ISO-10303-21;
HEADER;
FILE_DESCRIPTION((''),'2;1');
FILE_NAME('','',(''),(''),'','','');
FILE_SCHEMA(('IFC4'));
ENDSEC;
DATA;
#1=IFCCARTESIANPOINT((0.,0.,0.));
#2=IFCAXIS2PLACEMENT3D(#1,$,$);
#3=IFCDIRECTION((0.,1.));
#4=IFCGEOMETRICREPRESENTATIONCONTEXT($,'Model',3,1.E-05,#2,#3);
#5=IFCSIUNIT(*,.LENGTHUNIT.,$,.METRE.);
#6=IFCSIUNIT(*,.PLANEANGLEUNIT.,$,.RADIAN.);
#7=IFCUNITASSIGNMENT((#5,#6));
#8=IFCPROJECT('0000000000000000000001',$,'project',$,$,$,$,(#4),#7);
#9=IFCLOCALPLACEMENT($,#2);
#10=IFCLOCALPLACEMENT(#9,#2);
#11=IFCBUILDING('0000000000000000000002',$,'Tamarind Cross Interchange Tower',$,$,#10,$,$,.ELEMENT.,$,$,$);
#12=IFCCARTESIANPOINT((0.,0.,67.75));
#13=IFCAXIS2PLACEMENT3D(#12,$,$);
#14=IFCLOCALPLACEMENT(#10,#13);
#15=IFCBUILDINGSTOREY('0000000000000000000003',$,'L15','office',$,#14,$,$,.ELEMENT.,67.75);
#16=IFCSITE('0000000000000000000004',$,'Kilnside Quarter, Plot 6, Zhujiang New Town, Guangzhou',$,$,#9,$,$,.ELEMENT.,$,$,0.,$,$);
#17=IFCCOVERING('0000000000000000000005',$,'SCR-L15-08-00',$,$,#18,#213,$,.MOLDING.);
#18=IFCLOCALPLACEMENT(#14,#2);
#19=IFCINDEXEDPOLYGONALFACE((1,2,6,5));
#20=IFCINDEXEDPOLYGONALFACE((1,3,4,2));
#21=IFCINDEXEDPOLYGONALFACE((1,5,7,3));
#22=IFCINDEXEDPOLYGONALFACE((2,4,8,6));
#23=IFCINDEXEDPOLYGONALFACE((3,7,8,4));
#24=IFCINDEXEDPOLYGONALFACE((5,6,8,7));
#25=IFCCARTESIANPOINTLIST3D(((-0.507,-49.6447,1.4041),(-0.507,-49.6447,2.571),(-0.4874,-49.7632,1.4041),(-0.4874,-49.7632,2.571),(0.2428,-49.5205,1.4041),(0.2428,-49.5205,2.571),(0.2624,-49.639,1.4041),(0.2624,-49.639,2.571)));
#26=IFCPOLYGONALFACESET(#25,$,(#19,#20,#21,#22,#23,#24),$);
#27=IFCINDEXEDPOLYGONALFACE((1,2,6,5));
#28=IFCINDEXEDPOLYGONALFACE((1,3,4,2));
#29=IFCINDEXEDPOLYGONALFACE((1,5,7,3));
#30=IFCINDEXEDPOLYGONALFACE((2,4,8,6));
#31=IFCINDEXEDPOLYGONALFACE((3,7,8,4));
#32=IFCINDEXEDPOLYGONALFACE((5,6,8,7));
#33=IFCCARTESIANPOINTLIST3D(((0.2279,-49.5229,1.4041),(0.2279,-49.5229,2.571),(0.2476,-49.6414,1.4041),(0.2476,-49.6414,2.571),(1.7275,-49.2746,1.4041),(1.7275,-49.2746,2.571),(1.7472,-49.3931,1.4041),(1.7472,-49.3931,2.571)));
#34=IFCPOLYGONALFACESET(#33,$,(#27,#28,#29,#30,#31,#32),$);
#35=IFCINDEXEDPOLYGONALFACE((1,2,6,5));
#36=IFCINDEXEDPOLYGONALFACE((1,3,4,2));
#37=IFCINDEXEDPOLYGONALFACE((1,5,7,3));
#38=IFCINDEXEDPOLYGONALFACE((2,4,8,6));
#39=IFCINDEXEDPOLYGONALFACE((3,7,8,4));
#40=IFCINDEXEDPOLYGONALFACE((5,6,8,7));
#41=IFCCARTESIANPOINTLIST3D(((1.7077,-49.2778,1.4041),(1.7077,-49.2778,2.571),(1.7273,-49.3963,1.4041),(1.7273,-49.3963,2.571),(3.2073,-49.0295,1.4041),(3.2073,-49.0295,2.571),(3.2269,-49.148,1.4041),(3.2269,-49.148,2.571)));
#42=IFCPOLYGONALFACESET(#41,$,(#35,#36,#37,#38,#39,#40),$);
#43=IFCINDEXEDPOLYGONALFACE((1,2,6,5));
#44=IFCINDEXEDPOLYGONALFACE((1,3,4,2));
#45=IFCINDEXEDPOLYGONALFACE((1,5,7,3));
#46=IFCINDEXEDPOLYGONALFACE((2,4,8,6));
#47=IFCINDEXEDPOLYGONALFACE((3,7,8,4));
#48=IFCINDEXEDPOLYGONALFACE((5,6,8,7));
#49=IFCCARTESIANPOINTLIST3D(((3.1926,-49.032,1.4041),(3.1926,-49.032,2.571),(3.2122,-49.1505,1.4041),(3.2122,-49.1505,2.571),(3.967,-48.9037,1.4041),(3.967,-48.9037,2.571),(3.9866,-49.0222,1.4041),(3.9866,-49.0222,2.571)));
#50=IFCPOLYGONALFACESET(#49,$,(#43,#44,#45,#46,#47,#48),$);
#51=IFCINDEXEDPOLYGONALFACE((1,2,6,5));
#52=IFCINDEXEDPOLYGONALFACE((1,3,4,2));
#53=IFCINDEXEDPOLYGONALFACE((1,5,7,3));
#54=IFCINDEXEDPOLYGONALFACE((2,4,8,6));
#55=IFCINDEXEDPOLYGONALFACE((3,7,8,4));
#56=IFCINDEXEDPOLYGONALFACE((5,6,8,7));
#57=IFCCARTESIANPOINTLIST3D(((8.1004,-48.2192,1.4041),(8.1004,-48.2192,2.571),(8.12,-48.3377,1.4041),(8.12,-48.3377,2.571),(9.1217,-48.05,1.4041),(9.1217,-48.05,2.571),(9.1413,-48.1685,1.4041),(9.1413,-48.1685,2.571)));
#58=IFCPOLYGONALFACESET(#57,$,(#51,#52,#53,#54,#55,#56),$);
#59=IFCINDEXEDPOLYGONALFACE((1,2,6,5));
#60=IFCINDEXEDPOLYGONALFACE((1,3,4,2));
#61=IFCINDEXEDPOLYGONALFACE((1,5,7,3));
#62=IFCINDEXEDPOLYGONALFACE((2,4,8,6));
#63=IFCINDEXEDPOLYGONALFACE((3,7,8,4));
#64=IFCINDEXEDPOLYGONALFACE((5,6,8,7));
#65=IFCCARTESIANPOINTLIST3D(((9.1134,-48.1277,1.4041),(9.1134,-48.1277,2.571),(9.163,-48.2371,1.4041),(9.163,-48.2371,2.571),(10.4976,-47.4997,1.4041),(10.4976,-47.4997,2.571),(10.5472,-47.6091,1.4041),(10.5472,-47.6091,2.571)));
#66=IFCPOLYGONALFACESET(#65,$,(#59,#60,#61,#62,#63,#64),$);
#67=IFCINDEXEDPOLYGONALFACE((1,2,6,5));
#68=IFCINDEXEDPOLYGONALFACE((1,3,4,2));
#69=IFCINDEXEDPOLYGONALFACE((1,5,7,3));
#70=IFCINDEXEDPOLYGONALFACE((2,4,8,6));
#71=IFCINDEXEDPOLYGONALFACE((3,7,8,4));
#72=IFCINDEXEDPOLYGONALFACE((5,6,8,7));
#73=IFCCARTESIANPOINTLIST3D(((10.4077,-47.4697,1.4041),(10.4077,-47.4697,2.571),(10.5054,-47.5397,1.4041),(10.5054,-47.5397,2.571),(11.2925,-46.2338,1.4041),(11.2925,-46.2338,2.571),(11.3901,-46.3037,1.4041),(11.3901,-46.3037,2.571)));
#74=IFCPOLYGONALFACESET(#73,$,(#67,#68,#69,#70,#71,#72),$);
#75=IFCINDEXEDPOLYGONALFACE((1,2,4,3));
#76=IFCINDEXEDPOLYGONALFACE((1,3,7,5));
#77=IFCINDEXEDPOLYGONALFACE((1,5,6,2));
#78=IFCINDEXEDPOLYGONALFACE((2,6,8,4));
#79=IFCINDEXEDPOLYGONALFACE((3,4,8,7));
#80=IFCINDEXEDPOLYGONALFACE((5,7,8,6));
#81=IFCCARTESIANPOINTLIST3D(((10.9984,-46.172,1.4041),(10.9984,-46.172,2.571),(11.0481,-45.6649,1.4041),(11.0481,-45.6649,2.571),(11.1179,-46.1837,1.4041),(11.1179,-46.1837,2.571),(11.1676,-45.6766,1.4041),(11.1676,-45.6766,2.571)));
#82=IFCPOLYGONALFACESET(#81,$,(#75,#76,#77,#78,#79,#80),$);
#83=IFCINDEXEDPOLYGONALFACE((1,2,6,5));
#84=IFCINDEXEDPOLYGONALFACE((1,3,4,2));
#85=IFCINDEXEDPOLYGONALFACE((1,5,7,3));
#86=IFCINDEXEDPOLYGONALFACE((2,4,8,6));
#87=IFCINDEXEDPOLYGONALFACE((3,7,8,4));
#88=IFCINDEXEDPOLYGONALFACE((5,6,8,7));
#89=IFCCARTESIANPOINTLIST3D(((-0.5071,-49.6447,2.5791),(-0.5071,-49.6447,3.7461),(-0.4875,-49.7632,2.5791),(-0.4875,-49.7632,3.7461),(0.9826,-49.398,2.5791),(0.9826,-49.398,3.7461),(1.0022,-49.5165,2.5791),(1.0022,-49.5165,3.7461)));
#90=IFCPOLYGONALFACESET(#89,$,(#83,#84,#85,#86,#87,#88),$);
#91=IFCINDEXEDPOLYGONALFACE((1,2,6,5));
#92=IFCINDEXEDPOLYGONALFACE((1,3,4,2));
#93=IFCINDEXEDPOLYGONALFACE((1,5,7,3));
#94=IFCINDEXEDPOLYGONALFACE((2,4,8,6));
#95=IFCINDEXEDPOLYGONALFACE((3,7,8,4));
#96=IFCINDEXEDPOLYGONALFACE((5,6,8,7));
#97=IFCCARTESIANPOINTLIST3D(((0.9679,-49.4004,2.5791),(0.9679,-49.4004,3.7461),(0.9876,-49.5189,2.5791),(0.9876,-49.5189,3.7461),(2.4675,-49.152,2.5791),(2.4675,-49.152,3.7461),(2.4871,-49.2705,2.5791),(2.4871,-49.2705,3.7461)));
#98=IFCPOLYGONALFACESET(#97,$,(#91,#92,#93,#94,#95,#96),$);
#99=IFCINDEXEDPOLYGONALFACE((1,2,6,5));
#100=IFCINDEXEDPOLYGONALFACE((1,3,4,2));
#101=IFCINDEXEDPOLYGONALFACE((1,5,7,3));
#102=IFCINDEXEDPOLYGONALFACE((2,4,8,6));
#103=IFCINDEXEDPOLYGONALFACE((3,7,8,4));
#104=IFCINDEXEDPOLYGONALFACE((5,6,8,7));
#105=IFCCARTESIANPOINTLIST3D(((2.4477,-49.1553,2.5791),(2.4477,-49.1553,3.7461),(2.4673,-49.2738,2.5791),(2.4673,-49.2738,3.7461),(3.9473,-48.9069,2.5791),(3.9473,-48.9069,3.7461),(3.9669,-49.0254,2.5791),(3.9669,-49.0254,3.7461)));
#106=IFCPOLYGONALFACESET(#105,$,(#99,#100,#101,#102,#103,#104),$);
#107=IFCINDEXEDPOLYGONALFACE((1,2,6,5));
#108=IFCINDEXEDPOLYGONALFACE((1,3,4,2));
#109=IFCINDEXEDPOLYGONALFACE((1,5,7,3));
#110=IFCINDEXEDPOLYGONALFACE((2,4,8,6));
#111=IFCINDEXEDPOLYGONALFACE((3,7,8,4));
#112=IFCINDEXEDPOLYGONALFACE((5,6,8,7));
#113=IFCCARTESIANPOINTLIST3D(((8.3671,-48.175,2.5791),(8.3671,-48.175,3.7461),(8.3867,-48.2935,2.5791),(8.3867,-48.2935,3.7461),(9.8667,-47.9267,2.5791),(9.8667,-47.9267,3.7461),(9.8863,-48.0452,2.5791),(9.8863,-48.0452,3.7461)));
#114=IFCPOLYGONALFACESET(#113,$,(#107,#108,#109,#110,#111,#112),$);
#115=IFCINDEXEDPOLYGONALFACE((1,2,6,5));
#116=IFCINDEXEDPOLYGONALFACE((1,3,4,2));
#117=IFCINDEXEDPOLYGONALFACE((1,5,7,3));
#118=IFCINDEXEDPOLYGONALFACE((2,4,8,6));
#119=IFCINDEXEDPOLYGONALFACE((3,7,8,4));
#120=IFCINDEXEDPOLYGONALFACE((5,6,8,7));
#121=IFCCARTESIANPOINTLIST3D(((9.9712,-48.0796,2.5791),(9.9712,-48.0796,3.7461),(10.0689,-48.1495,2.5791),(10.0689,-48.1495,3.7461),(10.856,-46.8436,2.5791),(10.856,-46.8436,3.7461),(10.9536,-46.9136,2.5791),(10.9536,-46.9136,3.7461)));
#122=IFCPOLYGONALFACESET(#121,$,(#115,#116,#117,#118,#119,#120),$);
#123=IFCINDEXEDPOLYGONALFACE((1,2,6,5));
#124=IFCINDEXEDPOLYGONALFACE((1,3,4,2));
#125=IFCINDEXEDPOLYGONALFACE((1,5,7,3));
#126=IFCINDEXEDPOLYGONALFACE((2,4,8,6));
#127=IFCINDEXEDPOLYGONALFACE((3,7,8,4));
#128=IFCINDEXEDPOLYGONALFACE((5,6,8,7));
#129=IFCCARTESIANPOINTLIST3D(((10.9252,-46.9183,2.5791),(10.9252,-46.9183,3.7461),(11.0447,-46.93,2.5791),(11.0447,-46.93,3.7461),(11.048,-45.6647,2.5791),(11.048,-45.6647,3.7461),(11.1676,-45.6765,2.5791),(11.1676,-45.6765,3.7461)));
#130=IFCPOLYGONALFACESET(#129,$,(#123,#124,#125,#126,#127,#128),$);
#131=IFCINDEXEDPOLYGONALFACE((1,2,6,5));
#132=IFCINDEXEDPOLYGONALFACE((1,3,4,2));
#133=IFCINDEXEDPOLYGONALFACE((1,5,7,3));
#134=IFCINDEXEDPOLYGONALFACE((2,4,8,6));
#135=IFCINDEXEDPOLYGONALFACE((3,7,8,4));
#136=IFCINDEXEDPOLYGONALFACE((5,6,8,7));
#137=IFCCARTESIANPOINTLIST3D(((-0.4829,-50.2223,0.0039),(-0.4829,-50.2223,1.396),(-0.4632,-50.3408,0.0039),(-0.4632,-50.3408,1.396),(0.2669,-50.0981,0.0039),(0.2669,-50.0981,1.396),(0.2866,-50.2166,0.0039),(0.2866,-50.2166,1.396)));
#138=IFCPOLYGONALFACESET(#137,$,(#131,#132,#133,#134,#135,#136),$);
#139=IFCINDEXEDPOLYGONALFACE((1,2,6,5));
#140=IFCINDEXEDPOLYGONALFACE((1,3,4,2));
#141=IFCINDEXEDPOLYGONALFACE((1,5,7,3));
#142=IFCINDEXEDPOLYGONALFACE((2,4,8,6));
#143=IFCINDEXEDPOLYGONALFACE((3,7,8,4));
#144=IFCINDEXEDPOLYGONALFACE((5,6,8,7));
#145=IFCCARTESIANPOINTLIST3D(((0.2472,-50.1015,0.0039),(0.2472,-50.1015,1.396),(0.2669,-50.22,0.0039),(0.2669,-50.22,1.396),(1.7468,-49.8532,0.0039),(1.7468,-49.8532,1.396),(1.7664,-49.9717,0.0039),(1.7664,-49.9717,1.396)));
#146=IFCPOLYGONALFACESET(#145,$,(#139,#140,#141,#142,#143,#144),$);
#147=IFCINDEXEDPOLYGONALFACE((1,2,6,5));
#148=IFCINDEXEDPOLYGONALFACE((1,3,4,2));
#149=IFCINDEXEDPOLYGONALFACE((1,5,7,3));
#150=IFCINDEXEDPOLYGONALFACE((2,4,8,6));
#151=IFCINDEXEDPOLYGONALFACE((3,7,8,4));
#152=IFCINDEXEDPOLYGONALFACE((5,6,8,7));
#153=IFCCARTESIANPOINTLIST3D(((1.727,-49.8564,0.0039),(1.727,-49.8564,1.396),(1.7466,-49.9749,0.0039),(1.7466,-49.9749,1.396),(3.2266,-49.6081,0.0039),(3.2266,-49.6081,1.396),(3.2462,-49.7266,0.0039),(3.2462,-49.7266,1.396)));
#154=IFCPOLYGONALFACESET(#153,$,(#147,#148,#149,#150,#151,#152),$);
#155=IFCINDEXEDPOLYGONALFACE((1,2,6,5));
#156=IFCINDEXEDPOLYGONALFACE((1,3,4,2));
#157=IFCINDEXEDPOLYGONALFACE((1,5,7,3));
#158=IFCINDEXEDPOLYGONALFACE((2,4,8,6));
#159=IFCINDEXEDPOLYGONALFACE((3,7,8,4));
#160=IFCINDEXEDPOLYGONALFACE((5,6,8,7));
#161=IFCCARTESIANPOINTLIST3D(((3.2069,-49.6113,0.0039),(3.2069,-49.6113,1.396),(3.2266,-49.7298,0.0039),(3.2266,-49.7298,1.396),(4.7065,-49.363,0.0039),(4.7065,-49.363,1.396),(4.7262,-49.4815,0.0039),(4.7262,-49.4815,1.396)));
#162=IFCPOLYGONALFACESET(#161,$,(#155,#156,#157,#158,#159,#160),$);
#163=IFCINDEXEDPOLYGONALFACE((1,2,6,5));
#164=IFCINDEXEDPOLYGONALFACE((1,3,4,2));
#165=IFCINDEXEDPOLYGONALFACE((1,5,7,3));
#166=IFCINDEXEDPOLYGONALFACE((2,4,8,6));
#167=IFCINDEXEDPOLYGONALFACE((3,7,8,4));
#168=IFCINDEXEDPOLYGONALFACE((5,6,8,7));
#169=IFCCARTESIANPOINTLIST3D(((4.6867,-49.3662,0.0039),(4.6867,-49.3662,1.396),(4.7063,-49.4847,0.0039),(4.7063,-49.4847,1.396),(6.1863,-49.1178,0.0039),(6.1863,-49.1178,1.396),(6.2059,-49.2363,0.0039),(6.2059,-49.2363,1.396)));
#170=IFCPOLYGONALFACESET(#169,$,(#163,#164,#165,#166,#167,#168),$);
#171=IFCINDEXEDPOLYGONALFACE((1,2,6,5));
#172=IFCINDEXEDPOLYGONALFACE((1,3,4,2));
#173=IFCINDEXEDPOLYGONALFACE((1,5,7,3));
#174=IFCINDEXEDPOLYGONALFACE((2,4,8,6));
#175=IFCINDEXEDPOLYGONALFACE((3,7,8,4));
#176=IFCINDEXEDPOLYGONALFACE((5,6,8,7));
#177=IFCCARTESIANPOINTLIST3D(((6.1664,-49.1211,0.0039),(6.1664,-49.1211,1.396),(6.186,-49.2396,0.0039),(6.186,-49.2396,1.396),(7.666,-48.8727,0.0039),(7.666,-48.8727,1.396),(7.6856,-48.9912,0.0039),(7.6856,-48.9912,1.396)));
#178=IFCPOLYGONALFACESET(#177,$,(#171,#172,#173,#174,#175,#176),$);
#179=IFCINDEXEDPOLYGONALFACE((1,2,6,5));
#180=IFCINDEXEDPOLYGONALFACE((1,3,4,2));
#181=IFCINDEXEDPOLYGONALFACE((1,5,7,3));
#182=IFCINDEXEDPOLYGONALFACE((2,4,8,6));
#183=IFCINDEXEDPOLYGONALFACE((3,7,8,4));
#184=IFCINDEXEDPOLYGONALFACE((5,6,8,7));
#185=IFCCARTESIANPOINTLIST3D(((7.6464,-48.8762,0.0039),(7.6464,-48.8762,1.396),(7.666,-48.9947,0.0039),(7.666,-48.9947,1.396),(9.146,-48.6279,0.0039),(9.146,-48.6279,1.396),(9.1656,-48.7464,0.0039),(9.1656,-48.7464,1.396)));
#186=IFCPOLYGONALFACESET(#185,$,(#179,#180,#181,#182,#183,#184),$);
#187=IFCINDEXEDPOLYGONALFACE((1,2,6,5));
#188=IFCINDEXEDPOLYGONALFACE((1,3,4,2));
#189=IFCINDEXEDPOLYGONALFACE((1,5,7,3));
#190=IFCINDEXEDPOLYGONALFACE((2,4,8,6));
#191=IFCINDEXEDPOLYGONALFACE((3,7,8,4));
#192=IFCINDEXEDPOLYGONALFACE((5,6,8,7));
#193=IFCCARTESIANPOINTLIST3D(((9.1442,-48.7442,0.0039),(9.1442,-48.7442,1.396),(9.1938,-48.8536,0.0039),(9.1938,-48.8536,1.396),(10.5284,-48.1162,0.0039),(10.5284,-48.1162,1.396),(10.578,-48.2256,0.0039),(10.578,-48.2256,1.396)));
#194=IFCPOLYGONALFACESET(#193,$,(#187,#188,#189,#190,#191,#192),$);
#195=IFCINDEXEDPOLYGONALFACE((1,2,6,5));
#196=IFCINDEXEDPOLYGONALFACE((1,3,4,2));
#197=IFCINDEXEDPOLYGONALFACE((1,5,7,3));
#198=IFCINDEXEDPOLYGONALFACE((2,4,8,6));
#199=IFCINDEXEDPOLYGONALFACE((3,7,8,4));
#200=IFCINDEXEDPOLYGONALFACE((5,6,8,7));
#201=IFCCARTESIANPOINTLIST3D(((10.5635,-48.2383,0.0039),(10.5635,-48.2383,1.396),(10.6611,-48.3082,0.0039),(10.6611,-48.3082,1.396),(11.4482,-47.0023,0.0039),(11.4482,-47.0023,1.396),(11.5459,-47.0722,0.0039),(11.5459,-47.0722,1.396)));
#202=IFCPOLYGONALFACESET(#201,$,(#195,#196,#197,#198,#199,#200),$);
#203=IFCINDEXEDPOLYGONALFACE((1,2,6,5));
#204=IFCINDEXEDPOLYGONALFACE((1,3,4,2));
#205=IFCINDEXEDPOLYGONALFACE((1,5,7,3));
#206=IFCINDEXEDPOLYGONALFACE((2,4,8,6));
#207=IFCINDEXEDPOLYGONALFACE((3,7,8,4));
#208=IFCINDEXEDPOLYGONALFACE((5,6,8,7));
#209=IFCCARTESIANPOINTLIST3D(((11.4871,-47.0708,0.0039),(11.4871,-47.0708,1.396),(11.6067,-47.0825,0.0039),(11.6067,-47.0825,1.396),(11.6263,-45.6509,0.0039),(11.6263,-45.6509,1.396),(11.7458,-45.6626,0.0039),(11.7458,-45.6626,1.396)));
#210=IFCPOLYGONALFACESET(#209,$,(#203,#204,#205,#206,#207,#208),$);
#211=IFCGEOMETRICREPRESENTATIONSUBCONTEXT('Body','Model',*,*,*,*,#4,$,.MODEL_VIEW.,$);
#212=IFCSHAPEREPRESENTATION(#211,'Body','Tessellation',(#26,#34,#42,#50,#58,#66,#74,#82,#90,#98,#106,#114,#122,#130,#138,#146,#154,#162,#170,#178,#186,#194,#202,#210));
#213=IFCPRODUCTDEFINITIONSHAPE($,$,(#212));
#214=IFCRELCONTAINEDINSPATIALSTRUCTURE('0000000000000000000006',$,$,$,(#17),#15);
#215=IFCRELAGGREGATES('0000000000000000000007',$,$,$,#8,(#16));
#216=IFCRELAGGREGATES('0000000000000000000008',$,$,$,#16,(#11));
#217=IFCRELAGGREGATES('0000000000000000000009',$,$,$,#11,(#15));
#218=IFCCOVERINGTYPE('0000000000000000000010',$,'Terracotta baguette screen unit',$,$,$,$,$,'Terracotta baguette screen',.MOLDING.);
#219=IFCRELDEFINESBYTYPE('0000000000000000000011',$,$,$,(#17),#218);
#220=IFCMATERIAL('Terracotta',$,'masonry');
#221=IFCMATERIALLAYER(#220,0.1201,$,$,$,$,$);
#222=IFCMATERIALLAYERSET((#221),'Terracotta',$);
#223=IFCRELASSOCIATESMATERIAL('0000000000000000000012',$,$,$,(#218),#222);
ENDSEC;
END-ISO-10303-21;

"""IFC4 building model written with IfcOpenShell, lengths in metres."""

from ifc_helpers import new_model, si_unit, direction, frame, origin, origin_2d, place, context, subcontext, project, spatial, rectangle, extrude, material, layer, layer_set, type_object, element, save


model = new_model("IFC4")

# Units and contexts
model_context = context("Model", 3, precision=1e-05, world=origin(), true_north=direction((0.0, 1.0)))
body_context = subcontext(model_context, "Body", "Model", "MODEL_VIEW")
ifc_project = project(units=[si_unit("LENGTHUNIT", "METRE"), si_unit("PLANEANGLEUNIT", "RADIAN")], contexts=[model_context])

# Site, building, storey
site_placement = place(None, origin())
site = spatial("IfcSite", under=ifc_project, at=site_placement, Name="Kilnside Quarter, Plot 6, Zhujiang New Town, Guangzhou", CompositionType="ELEMENT", RefElevation=0.0)
building_placement = place(site_placement, origin())
building = spatial("IfcBuilding", under=site, at=building_placement, Name="Tamarind Cross Interchange Tower", CompositionType="ELEMENT")
storey_placement = place(building_placement, frame((0.0, 0.0, 67.75)))
storey = spatial("IfcBuildingStorey", under=building, at=storey_placement, Name="L15", Description="office", CompositionType="ELEMENT", Elevation=67.75)

# Covering
ifc_material_1 = material(Name="Terracotta", Category="masonry")
ifc_layer_1 = layer(ifc_material_1, 0.1201)
ifc_layer_set_1 = layer_set([ifc_layer_1], Name="Terracotta")
covering_type = type_object("IfcCoveringType", Name="Terracotta baguette screen unit", ElementType="Terracotta baguette screen", PredefinedType="MOLDING", material=ifc_layer_set_1)
covering_1_placement = place(storey_placement, origin())
element("IfcCovering", 1, at=covering_1_placement, inside=storey, type_object=covering_type, Name="SCR-L15-08-00", PredefinedType="MOLDING", context=body_context, shape_type="SweptSolid", body=[
    extrude(rectangle(XDim=0.76, YDim=0.1201, at=origin_2d()), frame((-0.1223, -49.6418, 1.4041), z_axis=(0.0, 0.0, 1.0), x_axis=(0.986563, 0.163381, 0.0)), (0.0, 0.0, 1.0), 1.167),
    extrude(rectangle(XDim=1.52, YDim=0.1201, at=origin_2d()), frame((0.9875, -49.458, 1.4041), z_axis=(0.0, 0.0, 1.0), x_axis=(0.986563, 0.163381, 0.0)), (0.0, 0.0, 1.0), 1.167),
    extrude(rectangle(XDim=1.52, YDim=0.1201, at=origin_2d()), frame((2.4673, -49.2129, 1.4041), z_axis=(0.0, 0.0, 1.0), x_axis=(0.986563, 0.163381, 0.0)), (0.0, 0.0, 1.0), 1.167),
    extrude(rectangle(XDim=0.7849, YDim=0.1201, at=origin_2d()), frame((3.5896, -49.0271, 1.4041), z_axis=(0.0, 0.0, 1.0), x_axis=(0.986563, 0.163381, 0.0)), (0.0, 0.0, 1.0), 1.167),
    extrude(rectangle(XDim=1.0352, YDim=0.1201, at=origin_2d()), frame((8.6208, -48.1938, 1.4041), z_axis=(0.0, 0.0, 1.0), x_axis=(0.986563, 0.163381, 0.0)), (0.0, 0.0, 1.0), 1.167),
    extrude(rectangle(XDim=1.52, YDim=0.1201, at=origin_2d()), frame((9.8303, -47.8684, 1.4041), z_axis=(0.0, 0.0, 1.0), x_axis=(0.910661, 0.413155, 0.0)), (0.0, 0.0, 1.0), 1.167),
    extrude(rectangle(XDim=1.52, YDim=0.1201, at=origin_2d()), frame((10.8989, -46.8867, 1.4041), z_axis=(0.0, 0.0, 1.0), x_axis=(0.582078, 0.813133, 0.0)), (0.0, 0.0, 1.0), 1.167),
    extrude(rectangle(XDim=0.5095, YDim=0.1201, at=origin_2d()), frame((11.083, -45.9243, 1.4041), z_axis=(0.0, 0.0, 1.0), x_axis=(0.097527, 0.995233, 0.0)), (0.0, 0.0, 1.0), 1.167),
    extrude(rectangle(XDim=1.51, YDim=0.1201, at=origin_2d()), frame((0.2476, -49.5806, 2.5791), z_axis=(0.0, 0.0, 1.0), x_axis=(0.986563, 0.163381, 0.0)), (0.0, 0.0, 1.0), 1.167),
    extrude(rectangle(XDim=1.52, YDim=0.1201, at=origin_2d()), frame((1.7275, -49.3354, 2.5791), z_axis=(0.0, 0.0, 1.0), x_axis=(0.986563, 0.163381, 0.0)), (0.0, 0.0, 1.0), 1.167),
    extrude(rectangle(XDim=1.52, YDim=0.1201, at=origin_2d()), frame((3.2073, -49.0903, 2.5791), z_axis=(0.0, 0.0, 1.0), x_axis=(0.986563, 0.163381, 0.0)), (0.0, 0.0, 1.0), 1.167),
    extrude(rectangle(XDim=1.52, YDim=0.1201, at=origin_2d()), frame((9.1267, -48.1101, 2.5791), z_axis=(0.0, 0.0, 1.0), x_axis=(0.986563, 0.163381, 0.0)), (0.0, 0.0, 1.0), 1.167),
    extrude(rectangle(XDim=1.52, YDim=0.1201, at=origin_2d()), frame((10.4624, -47.4966, 2.5791), z_axis=(0.0, 0.0, 1.0), x_axis=(0.582078, 0.813133, 0.0)), (0.0, 0.0, 1.0), 1.167),
    extrude(rectangle(XDim=1.2595, YDim=0.1201, at=origin_2d()), frame((11.0464, -46.2974, 2.5791), z_axis=(0.0, 0.0, 1.0), x_axis=(0.097527, 0.995233, 0.0)), (0.0, 0.0, 1.0), 1.167),
    extrude(rectangle(XDim=0.76, YDim=0.1201, at=origin_2d()), frame((-0.0981, -50.2195, 0.0039), z_axis=(0.0, 0.0, 1.0), x_axis=(0.986563, 0.163381, 0.0)), (0.0, 0.0, 1.0), 1.3921),
    extrude(rectangle(XDim=1.52, YDim=0.1201, at=origin_2d()), frame((1.0068, -50.0366, 0.0039), z_axis=(0.0, 0.0, 1.0), x_axis=(0.986563, 0.163381, 0.0)), (0.0, 0.0, 1.0), 1.3921),
    extrude(rectangle(XDim=1.52, YDim=0.1201, at=origin_2d()), frame((2.4866, -49.7915, 0.0039), z_axis=(0.0, 0.0, 1.0), x_axis=(0.986563, 0.163381, 0.0)), (0.0, 0.0, 1.0), 1.3921),
    extrude(rectangle(XDim=1.52, YDim=0.1201, at=origin_2d()), frame((3.9666, -49.5464, 0.0039), z_axis=(0.0, 0.0, 1.0), x_axis=(0.986563, 0.163381, 0.0)), (0.0, 0.0, 1.0), 1.3921),
    extrude(rectangle(XDim=1.52, YDim=0.1201, at=origin_2d()), frame((5.4463, -49.3013, 0.0039), z_axis=(0.0, 0.0, 1.0), x_axis=(0.986563, 0.163381, 0.0)), (0.0, 0.0, 1.0), 1.3921),
    extrude(rectangle(XDim=1.52, YDim=0.1201, at=origin_2d()), frame((6.926, -49.0562, 0.0039), z_axis=(0.0, 0.0, 1.0), x_axis=(0.986563, 0.163381, 0.0)), (0.0, 0.0, 1.0), 1.3921),
    extrude(rectangle(XDim=1.52, YDim=0.1201, at=origin_2d()), frame((8.406, -48.8113, 0.0039), z_axis=(0.0, 0.0, 1.0), x_axis=(0.986563, 0.163381, 0.0)), (0.0, 0.0, 1.0), 1.3921),
    extrude(rectangle(XDim=1.52, YDim=0.1201, at=origin_2d()), frame((9.8611, -48.4849, 0.0039), z_axis=(0.0, 0.0, 1.0), x_axis=(0.910661, 0.413155, 0.0)), (0.0, 0.0, 1.0), 1.3921),
    extrude(rectangle(XDim=1.52, YDim=0.1201, at=origin_2d()), frame((11.0547, -47.6553, 0.0039), z_axis=(0.0, 0.0, 1.0), x_axis=(0.582078, 0.813133, 0.0)), (0.0, 0.0, 1.0), 1.3921),
    extrude(rectangle(XDim=1.4268, YDim=0.1201, at=origin_2d()), frame((11.6165, -46.3667, 0.0039), z_axis=(0.0, 0.0, 1.0), x_axis=(0.097527, 0.995233, 0.0)), (0.0, 0.0, 1.0), 1.3921),
])

save(model, "model.ifc")
